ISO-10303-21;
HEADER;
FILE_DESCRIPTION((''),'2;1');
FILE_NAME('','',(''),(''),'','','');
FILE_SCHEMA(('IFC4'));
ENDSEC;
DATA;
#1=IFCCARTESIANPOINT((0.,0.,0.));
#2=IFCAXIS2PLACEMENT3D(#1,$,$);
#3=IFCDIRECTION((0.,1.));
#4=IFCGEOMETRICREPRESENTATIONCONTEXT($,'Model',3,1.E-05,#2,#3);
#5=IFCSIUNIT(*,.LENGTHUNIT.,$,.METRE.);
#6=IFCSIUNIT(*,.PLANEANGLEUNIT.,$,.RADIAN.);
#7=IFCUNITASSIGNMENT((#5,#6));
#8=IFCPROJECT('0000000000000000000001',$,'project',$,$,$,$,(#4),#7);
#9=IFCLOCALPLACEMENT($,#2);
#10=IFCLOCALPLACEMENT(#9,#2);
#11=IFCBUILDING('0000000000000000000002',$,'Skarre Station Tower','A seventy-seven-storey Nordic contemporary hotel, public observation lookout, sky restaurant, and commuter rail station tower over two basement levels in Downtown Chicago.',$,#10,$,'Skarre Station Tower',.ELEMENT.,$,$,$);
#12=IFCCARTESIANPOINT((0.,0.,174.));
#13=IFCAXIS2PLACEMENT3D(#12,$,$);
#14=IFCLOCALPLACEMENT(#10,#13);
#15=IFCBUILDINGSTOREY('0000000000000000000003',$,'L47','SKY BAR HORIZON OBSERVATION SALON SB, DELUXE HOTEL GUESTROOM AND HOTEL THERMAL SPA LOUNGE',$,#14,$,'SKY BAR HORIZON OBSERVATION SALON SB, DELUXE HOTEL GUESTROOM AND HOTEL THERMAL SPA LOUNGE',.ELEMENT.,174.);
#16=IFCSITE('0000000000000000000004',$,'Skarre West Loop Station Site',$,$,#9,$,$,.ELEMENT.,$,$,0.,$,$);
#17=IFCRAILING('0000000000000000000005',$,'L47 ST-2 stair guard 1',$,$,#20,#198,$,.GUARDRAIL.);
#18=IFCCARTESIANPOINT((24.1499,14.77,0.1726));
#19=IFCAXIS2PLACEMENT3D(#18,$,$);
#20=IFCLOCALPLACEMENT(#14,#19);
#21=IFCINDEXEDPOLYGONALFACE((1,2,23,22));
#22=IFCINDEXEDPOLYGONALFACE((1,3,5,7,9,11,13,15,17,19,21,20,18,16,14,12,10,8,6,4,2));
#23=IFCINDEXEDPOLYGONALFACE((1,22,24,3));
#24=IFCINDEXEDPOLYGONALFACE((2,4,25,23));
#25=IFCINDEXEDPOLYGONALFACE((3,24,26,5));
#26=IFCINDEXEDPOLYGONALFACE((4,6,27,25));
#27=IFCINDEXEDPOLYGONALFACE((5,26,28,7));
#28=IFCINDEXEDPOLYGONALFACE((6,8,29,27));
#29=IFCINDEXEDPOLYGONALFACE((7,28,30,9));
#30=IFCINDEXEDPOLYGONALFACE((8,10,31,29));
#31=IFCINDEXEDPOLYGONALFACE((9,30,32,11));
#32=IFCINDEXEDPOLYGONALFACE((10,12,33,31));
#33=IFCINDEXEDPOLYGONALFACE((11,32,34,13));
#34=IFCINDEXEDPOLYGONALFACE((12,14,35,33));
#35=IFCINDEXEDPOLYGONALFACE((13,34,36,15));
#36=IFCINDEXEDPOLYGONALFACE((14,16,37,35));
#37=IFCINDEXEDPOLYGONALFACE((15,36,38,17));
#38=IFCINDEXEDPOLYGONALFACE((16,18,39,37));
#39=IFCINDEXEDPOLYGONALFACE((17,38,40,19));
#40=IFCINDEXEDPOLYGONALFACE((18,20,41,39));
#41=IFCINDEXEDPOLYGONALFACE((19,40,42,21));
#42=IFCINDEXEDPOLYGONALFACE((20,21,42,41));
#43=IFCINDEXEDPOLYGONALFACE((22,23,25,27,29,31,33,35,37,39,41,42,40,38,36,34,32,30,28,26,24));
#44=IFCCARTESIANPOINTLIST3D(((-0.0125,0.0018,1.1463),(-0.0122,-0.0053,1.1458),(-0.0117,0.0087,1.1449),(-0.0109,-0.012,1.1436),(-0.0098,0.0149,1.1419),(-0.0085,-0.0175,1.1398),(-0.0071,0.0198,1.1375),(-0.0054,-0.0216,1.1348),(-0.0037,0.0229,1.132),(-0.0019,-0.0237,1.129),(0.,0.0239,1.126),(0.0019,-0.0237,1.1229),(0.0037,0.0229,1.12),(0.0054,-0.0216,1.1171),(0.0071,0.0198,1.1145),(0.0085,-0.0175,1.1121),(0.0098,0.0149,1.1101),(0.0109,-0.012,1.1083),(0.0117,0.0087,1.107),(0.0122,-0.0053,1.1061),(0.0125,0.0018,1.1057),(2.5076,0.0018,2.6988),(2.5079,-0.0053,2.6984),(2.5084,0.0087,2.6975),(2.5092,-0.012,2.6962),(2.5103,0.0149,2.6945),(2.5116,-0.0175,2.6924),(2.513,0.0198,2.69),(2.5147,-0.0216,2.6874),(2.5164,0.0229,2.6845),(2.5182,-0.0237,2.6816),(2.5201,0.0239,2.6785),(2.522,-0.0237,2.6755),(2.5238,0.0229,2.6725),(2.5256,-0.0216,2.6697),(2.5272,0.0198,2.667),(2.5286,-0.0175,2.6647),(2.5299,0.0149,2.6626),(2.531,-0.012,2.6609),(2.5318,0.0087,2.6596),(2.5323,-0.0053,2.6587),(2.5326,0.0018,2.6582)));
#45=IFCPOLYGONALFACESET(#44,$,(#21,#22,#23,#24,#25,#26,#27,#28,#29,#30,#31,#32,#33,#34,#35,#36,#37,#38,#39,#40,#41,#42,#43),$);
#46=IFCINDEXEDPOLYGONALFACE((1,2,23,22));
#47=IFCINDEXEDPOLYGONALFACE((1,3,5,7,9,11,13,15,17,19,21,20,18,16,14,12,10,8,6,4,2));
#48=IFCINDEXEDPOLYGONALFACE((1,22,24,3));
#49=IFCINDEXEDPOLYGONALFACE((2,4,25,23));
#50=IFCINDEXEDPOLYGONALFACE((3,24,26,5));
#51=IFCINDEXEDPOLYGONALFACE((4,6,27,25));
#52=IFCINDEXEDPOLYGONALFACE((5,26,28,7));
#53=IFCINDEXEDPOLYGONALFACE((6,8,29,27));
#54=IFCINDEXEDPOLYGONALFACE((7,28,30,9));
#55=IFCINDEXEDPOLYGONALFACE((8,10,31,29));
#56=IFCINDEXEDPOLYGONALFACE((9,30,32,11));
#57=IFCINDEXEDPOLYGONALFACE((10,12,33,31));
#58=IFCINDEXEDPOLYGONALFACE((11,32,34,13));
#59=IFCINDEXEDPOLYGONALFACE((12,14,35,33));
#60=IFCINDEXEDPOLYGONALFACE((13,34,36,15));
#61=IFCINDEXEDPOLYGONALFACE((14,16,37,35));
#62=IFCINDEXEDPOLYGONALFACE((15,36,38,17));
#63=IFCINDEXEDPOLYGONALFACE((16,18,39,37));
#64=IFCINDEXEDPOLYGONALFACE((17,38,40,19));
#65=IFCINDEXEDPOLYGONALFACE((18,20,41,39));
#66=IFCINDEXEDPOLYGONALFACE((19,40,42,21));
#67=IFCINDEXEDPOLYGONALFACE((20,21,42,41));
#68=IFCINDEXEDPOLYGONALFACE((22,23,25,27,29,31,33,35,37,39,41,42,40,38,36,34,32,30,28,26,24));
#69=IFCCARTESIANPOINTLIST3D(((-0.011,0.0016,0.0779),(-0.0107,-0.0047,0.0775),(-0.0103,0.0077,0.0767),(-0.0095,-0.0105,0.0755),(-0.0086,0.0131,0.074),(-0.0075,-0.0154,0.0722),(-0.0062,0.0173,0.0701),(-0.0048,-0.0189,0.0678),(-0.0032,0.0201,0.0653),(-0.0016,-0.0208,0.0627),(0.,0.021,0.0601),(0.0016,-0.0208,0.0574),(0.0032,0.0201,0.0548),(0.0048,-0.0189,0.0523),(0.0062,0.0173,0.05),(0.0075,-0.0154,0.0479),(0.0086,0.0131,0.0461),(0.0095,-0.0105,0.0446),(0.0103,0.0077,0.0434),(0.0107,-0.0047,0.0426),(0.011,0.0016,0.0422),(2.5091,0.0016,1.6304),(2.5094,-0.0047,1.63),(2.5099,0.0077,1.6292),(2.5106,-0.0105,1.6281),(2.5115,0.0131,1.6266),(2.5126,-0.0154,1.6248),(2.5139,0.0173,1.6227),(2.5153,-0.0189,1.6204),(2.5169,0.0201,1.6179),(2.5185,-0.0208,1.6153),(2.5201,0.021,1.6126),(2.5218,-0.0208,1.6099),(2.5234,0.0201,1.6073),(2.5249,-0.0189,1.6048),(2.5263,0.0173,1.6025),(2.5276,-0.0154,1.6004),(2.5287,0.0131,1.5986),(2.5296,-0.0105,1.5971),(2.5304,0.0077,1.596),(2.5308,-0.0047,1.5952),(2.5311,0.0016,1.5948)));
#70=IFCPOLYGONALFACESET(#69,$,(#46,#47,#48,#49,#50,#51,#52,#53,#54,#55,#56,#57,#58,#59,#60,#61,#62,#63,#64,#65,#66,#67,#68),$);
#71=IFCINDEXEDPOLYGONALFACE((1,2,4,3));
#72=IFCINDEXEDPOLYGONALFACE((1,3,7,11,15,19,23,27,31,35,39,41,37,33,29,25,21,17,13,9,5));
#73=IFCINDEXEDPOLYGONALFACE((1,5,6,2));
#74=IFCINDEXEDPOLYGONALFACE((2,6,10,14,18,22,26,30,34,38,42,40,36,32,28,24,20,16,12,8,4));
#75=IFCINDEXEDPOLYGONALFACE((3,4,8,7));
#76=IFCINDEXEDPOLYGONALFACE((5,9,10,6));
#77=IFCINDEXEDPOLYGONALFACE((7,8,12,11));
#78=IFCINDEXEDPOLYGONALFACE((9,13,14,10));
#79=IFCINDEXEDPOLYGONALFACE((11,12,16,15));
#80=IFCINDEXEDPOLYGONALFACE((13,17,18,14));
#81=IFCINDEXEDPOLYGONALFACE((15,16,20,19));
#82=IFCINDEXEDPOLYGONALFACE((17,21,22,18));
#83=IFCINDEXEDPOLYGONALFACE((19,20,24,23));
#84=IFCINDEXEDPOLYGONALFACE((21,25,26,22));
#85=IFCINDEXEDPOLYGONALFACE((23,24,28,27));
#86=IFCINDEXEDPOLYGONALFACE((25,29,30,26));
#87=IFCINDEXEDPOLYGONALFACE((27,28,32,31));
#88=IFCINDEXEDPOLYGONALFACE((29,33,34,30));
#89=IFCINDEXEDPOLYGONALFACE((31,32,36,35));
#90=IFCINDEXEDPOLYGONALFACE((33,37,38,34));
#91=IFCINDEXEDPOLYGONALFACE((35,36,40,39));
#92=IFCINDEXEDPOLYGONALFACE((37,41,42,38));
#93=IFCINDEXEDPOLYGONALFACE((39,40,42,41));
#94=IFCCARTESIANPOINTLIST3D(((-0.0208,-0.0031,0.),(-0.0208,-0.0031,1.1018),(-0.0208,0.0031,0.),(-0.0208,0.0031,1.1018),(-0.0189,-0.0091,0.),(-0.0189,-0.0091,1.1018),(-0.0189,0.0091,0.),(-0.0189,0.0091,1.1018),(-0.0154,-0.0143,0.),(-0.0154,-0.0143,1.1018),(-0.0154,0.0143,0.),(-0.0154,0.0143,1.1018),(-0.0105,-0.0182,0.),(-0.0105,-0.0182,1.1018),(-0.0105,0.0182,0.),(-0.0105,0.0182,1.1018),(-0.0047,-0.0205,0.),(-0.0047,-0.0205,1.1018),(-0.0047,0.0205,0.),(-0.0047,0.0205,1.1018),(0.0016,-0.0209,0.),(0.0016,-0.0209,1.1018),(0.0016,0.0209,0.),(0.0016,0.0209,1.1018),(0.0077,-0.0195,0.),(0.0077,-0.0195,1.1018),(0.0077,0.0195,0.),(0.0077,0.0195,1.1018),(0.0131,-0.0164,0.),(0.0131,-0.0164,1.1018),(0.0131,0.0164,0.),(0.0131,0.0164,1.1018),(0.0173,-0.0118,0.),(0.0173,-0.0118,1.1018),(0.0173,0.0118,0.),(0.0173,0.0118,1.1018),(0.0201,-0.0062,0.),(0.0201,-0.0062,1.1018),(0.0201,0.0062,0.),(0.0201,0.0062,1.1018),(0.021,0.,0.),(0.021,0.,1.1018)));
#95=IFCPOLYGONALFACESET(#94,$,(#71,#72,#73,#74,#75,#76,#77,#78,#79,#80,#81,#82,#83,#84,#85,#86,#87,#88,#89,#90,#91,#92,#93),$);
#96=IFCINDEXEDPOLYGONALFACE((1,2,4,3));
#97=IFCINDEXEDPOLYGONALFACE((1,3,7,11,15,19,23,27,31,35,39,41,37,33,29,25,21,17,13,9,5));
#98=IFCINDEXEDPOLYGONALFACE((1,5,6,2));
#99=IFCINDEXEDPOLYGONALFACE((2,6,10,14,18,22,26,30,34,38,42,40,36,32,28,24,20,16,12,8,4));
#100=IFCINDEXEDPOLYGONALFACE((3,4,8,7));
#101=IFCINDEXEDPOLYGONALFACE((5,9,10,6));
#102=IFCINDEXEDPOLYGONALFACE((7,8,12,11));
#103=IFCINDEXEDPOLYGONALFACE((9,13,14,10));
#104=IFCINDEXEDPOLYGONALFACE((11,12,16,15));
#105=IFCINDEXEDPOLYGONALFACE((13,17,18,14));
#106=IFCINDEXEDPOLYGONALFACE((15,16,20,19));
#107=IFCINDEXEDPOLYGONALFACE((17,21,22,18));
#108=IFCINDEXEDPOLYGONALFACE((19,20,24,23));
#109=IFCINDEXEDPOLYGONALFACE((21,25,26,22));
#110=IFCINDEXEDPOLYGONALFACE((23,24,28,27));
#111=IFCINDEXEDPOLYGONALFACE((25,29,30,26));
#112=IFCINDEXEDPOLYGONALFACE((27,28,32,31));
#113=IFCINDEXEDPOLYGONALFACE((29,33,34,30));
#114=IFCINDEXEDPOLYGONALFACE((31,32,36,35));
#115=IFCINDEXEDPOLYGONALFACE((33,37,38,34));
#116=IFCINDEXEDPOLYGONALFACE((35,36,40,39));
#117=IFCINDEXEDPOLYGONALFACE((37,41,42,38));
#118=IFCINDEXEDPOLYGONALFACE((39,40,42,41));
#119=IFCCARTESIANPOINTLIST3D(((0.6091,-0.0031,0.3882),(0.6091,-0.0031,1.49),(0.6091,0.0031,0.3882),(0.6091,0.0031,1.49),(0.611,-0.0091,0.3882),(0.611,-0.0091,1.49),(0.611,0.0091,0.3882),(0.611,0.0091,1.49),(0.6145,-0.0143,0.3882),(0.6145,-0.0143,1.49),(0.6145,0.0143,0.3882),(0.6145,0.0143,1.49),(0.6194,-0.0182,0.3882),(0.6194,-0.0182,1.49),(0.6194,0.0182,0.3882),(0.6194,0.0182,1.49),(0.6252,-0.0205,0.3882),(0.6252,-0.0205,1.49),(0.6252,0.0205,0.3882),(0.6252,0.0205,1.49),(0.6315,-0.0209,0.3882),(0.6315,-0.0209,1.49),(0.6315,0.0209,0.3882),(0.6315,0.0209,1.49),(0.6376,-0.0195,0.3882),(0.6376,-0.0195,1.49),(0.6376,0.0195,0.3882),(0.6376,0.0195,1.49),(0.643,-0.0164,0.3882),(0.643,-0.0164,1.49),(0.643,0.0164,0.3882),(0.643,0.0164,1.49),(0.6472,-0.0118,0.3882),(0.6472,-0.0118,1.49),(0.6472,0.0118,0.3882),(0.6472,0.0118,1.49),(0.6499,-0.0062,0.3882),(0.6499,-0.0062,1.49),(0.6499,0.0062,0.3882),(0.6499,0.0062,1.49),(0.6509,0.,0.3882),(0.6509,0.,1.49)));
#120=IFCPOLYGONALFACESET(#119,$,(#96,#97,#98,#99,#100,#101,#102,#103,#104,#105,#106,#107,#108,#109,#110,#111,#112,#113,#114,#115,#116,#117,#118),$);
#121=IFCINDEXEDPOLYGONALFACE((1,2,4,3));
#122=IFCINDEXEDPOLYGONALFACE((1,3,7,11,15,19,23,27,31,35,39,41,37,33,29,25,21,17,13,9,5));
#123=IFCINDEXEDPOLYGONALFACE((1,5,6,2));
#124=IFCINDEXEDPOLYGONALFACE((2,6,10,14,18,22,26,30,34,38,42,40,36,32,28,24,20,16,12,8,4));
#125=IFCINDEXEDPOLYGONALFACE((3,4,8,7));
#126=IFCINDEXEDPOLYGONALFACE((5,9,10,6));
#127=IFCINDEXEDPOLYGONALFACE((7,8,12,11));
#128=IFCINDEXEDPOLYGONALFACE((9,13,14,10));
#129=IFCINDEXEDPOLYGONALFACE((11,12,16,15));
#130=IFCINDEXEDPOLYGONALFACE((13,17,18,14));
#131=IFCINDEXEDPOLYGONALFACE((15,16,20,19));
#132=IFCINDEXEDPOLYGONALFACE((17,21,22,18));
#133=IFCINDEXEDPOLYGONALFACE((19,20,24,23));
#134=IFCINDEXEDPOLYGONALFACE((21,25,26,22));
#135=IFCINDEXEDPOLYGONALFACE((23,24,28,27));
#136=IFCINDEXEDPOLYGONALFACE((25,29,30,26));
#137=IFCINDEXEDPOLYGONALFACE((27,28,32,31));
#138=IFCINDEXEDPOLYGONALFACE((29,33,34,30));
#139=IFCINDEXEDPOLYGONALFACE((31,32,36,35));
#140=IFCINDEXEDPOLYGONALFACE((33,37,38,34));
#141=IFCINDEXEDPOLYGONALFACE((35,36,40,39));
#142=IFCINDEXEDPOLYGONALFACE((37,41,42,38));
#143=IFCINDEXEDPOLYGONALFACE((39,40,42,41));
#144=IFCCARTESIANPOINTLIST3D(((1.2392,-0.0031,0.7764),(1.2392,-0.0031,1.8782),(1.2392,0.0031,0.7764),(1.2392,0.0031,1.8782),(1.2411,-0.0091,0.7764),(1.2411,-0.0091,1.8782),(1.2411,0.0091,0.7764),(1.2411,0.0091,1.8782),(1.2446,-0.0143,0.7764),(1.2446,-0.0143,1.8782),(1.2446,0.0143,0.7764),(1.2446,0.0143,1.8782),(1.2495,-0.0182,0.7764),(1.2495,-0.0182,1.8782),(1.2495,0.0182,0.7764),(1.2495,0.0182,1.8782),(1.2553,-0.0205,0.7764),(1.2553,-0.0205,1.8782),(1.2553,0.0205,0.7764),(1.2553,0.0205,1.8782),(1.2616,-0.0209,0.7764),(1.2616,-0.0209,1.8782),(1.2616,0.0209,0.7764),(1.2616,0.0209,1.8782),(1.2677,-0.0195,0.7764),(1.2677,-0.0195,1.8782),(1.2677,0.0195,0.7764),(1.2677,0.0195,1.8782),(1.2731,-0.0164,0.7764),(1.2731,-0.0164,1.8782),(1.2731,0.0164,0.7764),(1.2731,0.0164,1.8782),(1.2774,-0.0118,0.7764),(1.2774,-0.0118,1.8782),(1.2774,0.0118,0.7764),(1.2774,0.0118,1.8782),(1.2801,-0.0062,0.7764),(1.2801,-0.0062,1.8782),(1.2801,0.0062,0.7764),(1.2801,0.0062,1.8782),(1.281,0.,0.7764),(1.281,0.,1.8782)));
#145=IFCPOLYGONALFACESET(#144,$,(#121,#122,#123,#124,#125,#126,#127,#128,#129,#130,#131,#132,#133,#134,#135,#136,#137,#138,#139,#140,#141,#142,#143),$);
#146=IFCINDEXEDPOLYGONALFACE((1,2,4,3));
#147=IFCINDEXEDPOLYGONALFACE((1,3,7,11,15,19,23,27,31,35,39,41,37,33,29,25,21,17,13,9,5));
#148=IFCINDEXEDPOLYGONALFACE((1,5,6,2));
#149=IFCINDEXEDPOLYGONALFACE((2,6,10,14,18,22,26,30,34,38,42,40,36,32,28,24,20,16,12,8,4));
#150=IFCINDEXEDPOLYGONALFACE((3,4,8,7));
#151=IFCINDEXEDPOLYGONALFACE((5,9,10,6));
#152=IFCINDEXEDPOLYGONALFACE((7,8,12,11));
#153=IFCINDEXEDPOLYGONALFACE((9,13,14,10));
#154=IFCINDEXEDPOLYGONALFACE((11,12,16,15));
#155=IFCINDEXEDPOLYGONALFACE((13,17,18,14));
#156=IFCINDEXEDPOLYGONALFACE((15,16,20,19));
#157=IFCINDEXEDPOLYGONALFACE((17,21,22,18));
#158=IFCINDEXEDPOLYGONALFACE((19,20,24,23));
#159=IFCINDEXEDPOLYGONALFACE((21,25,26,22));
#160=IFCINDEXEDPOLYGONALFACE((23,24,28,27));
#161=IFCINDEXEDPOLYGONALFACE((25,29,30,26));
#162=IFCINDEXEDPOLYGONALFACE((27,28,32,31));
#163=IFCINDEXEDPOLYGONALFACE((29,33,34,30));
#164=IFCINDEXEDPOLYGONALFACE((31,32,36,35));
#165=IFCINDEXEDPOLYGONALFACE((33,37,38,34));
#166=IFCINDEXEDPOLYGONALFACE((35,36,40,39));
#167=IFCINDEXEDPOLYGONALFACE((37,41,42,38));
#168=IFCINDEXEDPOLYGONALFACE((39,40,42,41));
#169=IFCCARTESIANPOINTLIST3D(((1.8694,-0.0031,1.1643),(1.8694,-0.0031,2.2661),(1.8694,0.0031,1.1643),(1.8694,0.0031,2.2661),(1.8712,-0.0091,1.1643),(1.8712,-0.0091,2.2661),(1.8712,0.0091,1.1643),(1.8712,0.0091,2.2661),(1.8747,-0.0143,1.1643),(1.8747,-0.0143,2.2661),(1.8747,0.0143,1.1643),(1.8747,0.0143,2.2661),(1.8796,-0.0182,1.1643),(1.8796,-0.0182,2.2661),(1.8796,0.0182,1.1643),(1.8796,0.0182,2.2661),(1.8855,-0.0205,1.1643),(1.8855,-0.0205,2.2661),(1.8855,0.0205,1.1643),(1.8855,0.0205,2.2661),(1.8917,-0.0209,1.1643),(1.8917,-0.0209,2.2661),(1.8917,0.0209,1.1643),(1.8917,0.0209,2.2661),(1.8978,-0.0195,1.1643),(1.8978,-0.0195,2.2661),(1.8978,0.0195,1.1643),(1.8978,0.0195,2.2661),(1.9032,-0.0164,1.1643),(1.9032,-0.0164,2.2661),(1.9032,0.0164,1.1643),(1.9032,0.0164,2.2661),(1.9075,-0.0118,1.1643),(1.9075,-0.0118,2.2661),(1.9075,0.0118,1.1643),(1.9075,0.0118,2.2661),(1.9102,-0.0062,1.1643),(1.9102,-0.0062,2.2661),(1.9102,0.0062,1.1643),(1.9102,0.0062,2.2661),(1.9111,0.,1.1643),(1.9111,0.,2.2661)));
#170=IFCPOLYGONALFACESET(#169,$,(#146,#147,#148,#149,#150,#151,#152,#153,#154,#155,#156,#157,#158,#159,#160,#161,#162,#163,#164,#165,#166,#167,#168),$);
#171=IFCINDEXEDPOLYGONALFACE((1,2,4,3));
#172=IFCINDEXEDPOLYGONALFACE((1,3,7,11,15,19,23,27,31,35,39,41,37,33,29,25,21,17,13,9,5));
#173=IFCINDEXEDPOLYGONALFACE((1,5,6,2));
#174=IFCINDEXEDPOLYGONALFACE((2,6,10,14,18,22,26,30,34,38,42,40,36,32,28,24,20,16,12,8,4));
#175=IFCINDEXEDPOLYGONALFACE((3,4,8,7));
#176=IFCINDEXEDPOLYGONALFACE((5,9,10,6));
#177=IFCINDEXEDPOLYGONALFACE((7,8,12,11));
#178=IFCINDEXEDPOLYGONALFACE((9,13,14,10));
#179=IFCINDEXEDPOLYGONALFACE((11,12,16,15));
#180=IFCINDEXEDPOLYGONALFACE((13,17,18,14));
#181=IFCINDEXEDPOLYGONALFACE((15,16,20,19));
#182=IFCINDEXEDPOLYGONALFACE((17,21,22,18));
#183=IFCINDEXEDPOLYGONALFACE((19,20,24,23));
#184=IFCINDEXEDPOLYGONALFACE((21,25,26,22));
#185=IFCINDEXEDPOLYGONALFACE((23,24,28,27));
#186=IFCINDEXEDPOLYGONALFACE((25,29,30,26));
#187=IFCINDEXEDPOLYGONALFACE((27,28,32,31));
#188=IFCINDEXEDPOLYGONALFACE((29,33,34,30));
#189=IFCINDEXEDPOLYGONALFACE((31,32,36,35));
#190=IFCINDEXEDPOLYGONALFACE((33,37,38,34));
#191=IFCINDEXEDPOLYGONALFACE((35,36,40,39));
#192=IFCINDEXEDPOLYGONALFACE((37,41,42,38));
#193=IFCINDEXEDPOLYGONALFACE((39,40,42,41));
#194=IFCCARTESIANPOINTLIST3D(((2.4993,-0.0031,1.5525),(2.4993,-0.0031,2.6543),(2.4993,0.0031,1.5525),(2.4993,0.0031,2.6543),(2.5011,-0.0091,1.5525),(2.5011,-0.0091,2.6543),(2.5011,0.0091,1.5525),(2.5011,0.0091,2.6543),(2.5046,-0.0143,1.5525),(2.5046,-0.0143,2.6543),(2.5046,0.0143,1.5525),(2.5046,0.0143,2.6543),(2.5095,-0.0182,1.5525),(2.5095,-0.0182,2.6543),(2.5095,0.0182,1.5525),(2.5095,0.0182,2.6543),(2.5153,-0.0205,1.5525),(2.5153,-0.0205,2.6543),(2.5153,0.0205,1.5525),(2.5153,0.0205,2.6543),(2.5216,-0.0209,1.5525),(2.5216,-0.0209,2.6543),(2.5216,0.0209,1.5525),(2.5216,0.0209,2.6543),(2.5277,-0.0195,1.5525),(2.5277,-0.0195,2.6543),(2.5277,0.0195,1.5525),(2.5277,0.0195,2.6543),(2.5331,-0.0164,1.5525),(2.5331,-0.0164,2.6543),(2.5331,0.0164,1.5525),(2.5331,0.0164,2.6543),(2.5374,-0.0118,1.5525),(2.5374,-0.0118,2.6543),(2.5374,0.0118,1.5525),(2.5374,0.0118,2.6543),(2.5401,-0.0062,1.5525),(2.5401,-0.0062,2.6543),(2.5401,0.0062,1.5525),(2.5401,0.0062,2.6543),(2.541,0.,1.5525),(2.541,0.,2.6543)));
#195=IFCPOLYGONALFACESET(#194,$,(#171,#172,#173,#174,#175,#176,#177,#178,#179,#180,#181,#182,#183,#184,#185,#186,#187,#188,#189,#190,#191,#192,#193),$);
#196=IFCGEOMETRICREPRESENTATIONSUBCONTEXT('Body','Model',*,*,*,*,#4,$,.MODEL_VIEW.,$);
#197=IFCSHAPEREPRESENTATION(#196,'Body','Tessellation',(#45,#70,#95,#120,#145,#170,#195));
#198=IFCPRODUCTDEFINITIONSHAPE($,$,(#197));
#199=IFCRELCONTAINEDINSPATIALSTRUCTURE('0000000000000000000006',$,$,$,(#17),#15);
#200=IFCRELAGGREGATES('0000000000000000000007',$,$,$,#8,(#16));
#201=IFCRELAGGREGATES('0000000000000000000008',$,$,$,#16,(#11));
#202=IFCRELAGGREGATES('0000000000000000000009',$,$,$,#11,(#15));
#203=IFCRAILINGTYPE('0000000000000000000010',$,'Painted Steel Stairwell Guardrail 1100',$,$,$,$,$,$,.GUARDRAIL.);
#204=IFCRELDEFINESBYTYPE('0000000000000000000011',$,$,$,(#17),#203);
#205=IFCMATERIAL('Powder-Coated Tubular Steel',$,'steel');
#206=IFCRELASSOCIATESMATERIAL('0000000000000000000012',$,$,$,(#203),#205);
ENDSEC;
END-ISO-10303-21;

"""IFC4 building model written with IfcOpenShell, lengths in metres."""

from ifc_helpers import new_model, si_unit, direction, frame, origin, origin_2d, place, context, subcontext, project, spatial, circle, extrude, material, type_object, element, save


model = new_model("IFC4")

# Units and contexts
model_context = context("Model", 3, precision=1e-05, world=origin(), true_north=direction((0.0, 1.0)))
body_context = subcontext(model_context, "Body", "Model", "MODEL_VIEW")
ifc_project = project(units=[si_unit("LENGTHUNIT", "METRE"), si_unit("PLANEANGLEUNIT", "RADIAN")], contexts=[model_context])

# Site, building, storey
site_placement = place(None, origin())
site = spatial("IfcSite", under=ifc_project, at=site_placement, Name="Skarre West Loop Station Site", CompositionType="ELEMENT", RefElevation=0.0)
building_placement = place(site_placement, origin())
building = spatial("IfcBuilding", under=site, at=building_placement, Name="Skarre Station Tower", Description="A seventy-seven-storey Nordic contemporary hotel, public observation lookout, sky restaurant, and commuter rail station tower over two basement levels in Downtown Chicago.", LongName="Skarre Station Tower", CompositionType="ELEMENT")
storey_placement = place(building_placement, frame((0.0, 0.0, 174.0)))
storey = spatial("IfcBuildingStorey", under=building, at=storey_placement, Name="L47", Description="SKY BAR HORIZON OBSERVATION SALON SB, DELUXE HOTEL GUESTROOM AND HOTEL THERMAL SPA LOUNGE", LongName="SKY BAR HORIZON OBSERVATION SALON SB, DELUXE HOTEL GUESTROOM AND HOTEL THERMAL SPA LOUNGE", CompositionType="ELEMENT", Elevation=174.0)

# Railing
ifc_material_1 = material(Name="Powder-Coated Tubular Steel", Category="steel")
railing_type_1 = type_object("IfcRailingType", Name="Painted Steel Stairwell Guardrail 1100", PredefinedType="GUARDRAIL", material=ifc_material_1)
railing_1_placement = place(storey_placement, frame((24.1499, 14.77, 0.1726)))
element("IfcRailing", 1, at=railing_1_placement, inside=storey, type_object=railing_type_1, Name="L47 ST-2 stair guard 1", PredefinedType="GUARDRAIL", context=body_context, shape_type="SweptSolid", body=[
    extrude(circle(Radius=0.0239, at=origin_2d()), frame((0.0, 0.0, 1.126), z_axis=(0.8514, 0.0, 0.524516), x_axis=(0.0, 1.0, 0.0)), (0.0, 0.0, 1.0), 2.96),
    extrude(circle(Radius=0.021, at=origin_2d()), frame((0.0, 0.0, 0.0601), z_axis=(0.8514, 0.0, 0.524516), x_axis=(0.0, 1.0, 0.0)), (0.0, 0.0, 1.0), 2.96),
    extrude(circle(Radius=0.021, at=origin_2d()), origin(), (0.0, 0.0, 1.0), 1.1018),
    extrude(circle(Radius=0.021, at=origin_2d()), frame((0.6299, 0.0, 0.3882)), (0.0, 0.0, 1.0), 1.1018),
    extrude(circle(Radius=0.021, at=origin_2d()), frame((1.26, 0.0, 0.7764)), (0.0, 0.0, 1.0), 1.1018),
    extrude(circle(Radius=0.021, at=origin_2d()), frame((1.8901, 0.0, 1.1643)), (0.0, 0.0, 1.0), 1.1018),
    extrude(circle(Radius=0.021, at=origin_2d()), frame((2.52, 0.0, 1.5525)), (0.0, 0.0, 1.0), 1.1018),
])

save(model, "model.ifc")
